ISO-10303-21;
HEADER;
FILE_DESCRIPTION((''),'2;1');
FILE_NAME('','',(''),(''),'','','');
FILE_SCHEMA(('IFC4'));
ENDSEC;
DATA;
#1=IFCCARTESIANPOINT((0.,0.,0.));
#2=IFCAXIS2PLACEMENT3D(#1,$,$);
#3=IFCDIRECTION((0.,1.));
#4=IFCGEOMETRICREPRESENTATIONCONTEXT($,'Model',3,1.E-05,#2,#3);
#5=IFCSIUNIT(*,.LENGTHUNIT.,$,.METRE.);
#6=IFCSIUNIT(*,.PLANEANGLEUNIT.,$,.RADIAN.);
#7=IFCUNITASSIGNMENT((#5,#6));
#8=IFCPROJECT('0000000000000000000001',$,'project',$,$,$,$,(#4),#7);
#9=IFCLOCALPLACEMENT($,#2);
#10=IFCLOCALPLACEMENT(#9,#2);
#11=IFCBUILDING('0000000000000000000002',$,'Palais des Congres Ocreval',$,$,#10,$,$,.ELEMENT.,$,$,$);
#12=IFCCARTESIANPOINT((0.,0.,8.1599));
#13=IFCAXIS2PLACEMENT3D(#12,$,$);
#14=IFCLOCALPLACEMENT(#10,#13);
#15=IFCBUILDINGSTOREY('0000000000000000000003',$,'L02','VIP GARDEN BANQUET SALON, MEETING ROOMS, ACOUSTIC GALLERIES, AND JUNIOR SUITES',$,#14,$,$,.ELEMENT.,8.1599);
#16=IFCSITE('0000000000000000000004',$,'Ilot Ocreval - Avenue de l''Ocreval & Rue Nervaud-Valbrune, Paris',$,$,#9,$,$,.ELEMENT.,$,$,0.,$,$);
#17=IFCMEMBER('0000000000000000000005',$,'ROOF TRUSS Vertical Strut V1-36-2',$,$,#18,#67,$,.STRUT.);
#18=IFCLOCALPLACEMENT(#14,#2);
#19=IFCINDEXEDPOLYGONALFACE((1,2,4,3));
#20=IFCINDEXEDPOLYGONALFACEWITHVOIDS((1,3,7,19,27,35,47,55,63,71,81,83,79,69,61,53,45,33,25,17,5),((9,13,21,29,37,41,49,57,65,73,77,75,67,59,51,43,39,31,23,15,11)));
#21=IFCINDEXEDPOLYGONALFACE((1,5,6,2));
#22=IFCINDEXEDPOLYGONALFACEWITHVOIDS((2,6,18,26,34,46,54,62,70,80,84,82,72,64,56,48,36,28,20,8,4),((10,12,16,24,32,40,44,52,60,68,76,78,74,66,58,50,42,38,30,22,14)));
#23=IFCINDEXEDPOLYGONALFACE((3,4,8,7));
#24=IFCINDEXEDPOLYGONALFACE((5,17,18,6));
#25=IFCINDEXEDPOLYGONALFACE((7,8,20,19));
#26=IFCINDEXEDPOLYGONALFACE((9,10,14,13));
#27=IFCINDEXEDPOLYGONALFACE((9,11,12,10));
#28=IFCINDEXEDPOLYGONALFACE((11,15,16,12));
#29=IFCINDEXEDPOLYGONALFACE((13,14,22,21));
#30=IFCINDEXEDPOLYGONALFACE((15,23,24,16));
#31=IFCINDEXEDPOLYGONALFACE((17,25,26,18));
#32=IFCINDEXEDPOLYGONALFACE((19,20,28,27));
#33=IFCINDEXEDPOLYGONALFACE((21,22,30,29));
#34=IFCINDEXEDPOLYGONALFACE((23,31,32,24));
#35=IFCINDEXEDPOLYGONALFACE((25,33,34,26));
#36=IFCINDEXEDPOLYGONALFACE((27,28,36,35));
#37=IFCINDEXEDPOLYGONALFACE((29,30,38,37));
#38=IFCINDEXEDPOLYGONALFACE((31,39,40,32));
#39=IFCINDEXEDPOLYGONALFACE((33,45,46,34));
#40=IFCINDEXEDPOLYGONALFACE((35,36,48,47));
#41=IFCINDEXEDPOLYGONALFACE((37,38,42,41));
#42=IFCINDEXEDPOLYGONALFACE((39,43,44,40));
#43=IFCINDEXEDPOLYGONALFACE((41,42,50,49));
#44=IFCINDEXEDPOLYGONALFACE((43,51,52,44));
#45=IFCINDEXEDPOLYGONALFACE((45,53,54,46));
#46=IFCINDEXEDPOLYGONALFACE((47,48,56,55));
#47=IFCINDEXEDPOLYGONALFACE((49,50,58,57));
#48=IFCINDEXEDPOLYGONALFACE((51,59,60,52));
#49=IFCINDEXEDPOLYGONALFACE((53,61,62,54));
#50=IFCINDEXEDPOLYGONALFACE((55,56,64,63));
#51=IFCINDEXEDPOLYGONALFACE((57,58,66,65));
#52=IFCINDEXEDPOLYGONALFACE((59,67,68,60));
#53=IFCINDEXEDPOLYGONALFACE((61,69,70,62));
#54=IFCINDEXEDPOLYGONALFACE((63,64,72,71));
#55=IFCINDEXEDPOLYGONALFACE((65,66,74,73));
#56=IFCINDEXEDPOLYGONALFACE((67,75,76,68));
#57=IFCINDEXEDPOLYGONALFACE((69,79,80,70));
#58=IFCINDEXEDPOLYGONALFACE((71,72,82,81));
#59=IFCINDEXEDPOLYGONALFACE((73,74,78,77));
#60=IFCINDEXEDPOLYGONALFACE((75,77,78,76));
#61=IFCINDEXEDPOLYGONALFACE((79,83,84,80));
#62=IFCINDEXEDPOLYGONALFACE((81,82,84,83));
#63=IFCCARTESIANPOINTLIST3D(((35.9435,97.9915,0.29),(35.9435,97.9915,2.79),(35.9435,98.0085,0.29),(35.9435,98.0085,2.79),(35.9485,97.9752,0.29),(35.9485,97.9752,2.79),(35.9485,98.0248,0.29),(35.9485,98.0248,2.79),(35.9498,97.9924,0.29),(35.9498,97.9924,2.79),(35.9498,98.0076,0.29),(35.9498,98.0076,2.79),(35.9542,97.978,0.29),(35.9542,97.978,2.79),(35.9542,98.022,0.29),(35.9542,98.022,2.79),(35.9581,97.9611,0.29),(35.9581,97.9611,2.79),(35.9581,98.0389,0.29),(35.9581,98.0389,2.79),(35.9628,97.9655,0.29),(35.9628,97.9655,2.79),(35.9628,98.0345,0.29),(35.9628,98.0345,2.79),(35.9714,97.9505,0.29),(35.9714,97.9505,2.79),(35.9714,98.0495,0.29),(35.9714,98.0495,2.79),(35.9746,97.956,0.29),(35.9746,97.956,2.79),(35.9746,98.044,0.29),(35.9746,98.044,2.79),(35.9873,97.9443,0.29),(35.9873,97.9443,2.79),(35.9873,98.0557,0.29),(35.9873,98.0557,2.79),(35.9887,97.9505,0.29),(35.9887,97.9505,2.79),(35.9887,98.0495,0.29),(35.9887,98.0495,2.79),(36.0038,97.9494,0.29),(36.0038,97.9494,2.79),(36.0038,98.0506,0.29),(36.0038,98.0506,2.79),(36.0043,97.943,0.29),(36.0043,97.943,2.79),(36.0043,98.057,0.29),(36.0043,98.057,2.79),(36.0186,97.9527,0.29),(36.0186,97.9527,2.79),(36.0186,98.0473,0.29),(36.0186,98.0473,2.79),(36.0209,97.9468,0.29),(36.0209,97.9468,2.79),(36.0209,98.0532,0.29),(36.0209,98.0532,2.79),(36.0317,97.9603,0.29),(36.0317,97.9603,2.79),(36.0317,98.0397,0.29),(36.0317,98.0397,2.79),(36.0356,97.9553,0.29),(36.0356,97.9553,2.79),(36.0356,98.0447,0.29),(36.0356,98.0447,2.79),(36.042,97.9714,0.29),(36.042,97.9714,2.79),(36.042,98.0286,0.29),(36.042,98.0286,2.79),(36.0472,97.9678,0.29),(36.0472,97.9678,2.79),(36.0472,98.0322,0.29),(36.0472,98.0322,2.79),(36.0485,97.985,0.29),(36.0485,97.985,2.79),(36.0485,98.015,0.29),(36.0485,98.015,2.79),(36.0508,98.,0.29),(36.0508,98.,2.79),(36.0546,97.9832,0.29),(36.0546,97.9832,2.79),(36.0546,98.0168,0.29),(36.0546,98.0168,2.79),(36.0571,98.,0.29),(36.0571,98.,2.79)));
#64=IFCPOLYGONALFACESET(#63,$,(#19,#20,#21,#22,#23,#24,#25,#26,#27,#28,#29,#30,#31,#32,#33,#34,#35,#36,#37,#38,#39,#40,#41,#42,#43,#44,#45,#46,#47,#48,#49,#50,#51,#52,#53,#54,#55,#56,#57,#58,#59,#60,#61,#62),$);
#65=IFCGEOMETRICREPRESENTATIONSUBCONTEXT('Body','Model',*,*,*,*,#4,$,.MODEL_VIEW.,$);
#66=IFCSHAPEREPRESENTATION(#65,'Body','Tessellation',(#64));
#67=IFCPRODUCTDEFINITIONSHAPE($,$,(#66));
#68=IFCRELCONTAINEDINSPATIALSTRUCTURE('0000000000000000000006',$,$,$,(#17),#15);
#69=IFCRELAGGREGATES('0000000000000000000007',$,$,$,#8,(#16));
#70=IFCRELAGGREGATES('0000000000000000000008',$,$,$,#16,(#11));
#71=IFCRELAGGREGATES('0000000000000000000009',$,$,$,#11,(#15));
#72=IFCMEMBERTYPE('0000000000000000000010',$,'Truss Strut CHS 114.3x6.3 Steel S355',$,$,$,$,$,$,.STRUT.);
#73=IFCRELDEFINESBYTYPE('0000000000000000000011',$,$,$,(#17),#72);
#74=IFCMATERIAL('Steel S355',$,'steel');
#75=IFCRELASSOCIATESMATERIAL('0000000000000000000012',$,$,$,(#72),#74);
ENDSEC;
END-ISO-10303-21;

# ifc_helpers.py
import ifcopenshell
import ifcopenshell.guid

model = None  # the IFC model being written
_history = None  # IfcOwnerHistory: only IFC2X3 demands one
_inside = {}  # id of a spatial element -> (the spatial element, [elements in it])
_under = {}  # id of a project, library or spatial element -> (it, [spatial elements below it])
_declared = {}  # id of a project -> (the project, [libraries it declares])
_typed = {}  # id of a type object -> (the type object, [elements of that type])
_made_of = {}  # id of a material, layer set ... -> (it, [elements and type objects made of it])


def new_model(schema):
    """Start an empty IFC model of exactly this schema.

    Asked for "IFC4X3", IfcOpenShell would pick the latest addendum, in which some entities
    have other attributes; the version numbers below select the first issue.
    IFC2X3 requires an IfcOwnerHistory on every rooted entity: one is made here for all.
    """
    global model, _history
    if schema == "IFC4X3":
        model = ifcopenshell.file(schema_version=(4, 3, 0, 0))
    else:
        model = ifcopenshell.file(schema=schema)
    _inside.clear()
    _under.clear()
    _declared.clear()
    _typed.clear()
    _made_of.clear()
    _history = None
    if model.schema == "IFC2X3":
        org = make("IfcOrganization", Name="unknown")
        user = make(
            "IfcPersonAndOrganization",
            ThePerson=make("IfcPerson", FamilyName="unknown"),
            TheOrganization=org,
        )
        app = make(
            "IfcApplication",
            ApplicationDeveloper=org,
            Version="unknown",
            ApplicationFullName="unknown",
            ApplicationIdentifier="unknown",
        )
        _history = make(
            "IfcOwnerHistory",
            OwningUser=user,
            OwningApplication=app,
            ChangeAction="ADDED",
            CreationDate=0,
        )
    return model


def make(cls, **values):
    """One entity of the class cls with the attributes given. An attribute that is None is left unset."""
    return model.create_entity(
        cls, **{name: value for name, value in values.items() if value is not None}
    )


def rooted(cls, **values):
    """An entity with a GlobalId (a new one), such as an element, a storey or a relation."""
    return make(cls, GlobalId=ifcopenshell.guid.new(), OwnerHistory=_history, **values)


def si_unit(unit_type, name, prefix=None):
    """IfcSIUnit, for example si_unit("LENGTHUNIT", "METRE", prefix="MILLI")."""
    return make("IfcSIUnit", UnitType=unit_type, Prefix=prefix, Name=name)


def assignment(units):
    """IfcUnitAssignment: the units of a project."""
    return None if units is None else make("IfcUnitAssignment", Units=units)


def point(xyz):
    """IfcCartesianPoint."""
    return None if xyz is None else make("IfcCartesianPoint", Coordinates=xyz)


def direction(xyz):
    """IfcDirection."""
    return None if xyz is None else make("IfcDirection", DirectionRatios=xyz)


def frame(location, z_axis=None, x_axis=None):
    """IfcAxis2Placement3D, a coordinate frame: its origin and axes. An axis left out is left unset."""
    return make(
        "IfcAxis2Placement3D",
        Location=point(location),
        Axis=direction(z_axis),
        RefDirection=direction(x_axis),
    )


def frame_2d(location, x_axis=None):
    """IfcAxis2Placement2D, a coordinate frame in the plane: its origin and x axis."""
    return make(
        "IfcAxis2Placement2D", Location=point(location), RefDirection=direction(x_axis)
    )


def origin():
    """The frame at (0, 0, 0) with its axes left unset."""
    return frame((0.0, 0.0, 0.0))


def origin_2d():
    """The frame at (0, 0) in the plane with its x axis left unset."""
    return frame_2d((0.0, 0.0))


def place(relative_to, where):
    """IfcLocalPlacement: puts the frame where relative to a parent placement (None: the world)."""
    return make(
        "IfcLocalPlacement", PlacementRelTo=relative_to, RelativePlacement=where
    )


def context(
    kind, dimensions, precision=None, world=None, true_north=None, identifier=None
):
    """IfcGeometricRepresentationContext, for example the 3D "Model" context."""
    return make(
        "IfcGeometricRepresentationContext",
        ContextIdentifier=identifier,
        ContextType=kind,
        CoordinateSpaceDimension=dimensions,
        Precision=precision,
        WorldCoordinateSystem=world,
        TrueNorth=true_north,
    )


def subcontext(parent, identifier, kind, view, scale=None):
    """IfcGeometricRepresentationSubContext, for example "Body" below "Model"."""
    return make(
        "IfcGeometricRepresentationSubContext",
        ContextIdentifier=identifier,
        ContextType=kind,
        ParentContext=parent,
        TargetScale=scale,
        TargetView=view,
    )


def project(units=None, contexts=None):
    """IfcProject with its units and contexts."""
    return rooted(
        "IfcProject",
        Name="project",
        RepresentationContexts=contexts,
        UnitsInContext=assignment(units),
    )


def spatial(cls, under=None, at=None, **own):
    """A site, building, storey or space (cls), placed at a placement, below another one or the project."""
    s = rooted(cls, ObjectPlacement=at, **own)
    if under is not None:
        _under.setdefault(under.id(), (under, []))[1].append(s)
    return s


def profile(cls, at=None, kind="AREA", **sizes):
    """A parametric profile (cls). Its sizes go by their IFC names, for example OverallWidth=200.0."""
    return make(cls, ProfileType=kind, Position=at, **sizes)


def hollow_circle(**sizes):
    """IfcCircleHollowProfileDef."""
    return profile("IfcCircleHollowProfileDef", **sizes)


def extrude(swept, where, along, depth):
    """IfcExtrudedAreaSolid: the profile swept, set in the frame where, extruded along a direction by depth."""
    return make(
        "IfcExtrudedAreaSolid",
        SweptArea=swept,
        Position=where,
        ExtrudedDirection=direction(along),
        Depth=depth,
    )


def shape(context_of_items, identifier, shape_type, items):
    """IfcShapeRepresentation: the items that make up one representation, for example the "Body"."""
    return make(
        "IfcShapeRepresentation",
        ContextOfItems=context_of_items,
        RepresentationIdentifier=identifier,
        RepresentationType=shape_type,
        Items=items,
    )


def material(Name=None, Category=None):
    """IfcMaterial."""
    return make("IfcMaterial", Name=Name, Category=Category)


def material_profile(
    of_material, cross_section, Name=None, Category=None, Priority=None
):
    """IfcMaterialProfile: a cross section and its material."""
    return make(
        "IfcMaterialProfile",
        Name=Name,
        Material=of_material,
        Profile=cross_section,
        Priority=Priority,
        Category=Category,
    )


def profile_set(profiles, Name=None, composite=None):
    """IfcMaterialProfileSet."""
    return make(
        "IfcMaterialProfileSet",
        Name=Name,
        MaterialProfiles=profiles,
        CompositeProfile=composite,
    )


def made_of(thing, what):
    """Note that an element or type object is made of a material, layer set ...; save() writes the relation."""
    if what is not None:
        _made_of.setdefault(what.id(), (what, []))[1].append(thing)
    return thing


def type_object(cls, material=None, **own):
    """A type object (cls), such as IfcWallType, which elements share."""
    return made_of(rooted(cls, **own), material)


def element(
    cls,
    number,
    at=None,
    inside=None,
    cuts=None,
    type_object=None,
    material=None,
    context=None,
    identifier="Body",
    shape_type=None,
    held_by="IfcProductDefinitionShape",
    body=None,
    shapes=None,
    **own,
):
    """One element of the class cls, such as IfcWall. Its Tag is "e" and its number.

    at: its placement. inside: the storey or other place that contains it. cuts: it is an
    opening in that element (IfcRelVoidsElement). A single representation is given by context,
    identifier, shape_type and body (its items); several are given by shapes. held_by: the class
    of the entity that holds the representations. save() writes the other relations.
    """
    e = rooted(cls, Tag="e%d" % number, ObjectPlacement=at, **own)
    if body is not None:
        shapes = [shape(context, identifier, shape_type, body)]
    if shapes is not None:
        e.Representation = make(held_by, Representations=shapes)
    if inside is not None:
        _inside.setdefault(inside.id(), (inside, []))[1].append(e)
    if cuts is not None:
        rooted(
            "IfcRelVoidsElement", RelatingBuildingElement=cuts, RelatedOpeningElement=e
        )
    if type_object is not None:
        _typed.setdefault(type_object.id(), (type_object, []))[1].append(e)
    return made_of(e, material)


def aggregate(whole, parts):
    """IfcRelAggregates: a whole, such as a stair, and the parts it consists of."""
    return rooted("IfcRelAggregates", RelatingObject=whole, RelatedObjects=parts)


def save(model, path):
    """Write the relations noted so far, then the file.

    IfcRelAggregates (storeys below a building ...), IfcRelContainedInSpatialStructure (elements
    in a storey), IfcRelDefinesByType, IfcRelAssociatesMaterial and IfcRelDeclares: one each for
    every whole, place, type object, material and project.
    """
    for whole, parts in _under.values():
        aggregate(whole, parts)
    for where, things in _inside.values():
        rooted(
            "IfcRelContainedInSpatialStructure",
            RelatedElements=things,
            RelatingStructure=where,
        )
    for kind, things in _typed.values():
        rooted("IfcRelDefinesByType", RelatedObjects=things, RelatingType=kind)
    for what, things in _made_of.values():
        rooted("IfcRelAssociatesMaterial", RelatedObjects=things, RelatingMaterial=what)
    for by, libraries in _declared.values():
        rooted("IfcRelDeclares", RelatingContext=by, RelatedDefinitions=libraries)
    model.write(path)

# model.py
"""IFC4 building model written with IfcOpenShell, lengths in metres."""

from ifc_helpers import new_model, si_unit, direction, frame, origin, origin_2d, place, context, subcontext, project, spatial, hollow_circle, extrude, material, material_profile, profile_set, type_object, element, save


model = new_model("IFC4")

# Units and contexts
model_context = context("Model", 3, precision=1e-05, world=origin(), true_north=direction((0.0, 1.0)))
body_context = subcontext(model_context, "Body", "Model", "MODEL_VIEW")
ifc_project = project(units=[si_unit("LENGTHUNIT", "METRE"), si_unit("PLANEANGLEUNIT", "RADIAN")], contexts=[model_context])

# Site, building, storey
site_placement = place(None, origin())
site = spatial("IfcSite", under=ifc_project, at=site_placement, Name="Ilot Ocreval - Avenue de l'Ocreval & Rue Nervaud-Valbrune, Paris", CompositionType="ELEMENT", RefElevation=0.0)
building_placement = place(site_placement, origin())
building = spatial("IfcBuilding", under=site, at=building_placement, Name="Palais des Congres Ocreval", CompositionType="ELEMENT")
storey_placement = place(building_placement, frame((0.0, 0.0, 8.1599)))
storey = spatial("IfcBuildingStorey", under=building, at=storey_placement, Name="L02", Description="VIP GARDEN BANQUET SALON, MEETING ROOMS, ACOUSTIC GALLERIES, AND JUNIOR SUITES", CompositionType="ELEMENT", Elevation=8.1599)

# Shared definitions
ifc_material_1 = material(Name="Steel S355", Category="steel")

# Member
ifc_material_profile_1 = material_profile(ifc_material_1, hollow_circle(Radius=0.0571, WallThickness=0.0063, at=origin_2d()), Name="CHS 114.3x6.3")
ifc_profile_set_1 = profile_set([ifc_material_profile_1], Name="Steel S355")
member_type_1 = type_object("IfcMemberType", Name="Truss Strut CHS 114.3x6.3 Steel S355", PredefinedType="STRUT", material=ifc_profile_set_1)
for number, where, z_axis, x_axis, name in (
    (1, (36.0, 98.0, 0.29), (0.0, 0.0, 1.0), (1.0, 0.0, 0.0), "ROOF TRUSS Vertical Strut V1-36-2"),
):
    element("IfcMember", number, at=place(storey_placement, frame(where, z_axis=z_axis, x_axis=x_axis)), inside=storey, type_object=member_type_1, Name=name, PredefinedType="STRUT", context=body_context, shape_type="SweptSolid", body=[
        extrude(hollow_circle(Radius=0.0571, WallThickness=0.0063, at=origin_2d()), origin(), (0.0, 0.0, 1.0), 2.5),
    ])

save(model, "model.ifc")
